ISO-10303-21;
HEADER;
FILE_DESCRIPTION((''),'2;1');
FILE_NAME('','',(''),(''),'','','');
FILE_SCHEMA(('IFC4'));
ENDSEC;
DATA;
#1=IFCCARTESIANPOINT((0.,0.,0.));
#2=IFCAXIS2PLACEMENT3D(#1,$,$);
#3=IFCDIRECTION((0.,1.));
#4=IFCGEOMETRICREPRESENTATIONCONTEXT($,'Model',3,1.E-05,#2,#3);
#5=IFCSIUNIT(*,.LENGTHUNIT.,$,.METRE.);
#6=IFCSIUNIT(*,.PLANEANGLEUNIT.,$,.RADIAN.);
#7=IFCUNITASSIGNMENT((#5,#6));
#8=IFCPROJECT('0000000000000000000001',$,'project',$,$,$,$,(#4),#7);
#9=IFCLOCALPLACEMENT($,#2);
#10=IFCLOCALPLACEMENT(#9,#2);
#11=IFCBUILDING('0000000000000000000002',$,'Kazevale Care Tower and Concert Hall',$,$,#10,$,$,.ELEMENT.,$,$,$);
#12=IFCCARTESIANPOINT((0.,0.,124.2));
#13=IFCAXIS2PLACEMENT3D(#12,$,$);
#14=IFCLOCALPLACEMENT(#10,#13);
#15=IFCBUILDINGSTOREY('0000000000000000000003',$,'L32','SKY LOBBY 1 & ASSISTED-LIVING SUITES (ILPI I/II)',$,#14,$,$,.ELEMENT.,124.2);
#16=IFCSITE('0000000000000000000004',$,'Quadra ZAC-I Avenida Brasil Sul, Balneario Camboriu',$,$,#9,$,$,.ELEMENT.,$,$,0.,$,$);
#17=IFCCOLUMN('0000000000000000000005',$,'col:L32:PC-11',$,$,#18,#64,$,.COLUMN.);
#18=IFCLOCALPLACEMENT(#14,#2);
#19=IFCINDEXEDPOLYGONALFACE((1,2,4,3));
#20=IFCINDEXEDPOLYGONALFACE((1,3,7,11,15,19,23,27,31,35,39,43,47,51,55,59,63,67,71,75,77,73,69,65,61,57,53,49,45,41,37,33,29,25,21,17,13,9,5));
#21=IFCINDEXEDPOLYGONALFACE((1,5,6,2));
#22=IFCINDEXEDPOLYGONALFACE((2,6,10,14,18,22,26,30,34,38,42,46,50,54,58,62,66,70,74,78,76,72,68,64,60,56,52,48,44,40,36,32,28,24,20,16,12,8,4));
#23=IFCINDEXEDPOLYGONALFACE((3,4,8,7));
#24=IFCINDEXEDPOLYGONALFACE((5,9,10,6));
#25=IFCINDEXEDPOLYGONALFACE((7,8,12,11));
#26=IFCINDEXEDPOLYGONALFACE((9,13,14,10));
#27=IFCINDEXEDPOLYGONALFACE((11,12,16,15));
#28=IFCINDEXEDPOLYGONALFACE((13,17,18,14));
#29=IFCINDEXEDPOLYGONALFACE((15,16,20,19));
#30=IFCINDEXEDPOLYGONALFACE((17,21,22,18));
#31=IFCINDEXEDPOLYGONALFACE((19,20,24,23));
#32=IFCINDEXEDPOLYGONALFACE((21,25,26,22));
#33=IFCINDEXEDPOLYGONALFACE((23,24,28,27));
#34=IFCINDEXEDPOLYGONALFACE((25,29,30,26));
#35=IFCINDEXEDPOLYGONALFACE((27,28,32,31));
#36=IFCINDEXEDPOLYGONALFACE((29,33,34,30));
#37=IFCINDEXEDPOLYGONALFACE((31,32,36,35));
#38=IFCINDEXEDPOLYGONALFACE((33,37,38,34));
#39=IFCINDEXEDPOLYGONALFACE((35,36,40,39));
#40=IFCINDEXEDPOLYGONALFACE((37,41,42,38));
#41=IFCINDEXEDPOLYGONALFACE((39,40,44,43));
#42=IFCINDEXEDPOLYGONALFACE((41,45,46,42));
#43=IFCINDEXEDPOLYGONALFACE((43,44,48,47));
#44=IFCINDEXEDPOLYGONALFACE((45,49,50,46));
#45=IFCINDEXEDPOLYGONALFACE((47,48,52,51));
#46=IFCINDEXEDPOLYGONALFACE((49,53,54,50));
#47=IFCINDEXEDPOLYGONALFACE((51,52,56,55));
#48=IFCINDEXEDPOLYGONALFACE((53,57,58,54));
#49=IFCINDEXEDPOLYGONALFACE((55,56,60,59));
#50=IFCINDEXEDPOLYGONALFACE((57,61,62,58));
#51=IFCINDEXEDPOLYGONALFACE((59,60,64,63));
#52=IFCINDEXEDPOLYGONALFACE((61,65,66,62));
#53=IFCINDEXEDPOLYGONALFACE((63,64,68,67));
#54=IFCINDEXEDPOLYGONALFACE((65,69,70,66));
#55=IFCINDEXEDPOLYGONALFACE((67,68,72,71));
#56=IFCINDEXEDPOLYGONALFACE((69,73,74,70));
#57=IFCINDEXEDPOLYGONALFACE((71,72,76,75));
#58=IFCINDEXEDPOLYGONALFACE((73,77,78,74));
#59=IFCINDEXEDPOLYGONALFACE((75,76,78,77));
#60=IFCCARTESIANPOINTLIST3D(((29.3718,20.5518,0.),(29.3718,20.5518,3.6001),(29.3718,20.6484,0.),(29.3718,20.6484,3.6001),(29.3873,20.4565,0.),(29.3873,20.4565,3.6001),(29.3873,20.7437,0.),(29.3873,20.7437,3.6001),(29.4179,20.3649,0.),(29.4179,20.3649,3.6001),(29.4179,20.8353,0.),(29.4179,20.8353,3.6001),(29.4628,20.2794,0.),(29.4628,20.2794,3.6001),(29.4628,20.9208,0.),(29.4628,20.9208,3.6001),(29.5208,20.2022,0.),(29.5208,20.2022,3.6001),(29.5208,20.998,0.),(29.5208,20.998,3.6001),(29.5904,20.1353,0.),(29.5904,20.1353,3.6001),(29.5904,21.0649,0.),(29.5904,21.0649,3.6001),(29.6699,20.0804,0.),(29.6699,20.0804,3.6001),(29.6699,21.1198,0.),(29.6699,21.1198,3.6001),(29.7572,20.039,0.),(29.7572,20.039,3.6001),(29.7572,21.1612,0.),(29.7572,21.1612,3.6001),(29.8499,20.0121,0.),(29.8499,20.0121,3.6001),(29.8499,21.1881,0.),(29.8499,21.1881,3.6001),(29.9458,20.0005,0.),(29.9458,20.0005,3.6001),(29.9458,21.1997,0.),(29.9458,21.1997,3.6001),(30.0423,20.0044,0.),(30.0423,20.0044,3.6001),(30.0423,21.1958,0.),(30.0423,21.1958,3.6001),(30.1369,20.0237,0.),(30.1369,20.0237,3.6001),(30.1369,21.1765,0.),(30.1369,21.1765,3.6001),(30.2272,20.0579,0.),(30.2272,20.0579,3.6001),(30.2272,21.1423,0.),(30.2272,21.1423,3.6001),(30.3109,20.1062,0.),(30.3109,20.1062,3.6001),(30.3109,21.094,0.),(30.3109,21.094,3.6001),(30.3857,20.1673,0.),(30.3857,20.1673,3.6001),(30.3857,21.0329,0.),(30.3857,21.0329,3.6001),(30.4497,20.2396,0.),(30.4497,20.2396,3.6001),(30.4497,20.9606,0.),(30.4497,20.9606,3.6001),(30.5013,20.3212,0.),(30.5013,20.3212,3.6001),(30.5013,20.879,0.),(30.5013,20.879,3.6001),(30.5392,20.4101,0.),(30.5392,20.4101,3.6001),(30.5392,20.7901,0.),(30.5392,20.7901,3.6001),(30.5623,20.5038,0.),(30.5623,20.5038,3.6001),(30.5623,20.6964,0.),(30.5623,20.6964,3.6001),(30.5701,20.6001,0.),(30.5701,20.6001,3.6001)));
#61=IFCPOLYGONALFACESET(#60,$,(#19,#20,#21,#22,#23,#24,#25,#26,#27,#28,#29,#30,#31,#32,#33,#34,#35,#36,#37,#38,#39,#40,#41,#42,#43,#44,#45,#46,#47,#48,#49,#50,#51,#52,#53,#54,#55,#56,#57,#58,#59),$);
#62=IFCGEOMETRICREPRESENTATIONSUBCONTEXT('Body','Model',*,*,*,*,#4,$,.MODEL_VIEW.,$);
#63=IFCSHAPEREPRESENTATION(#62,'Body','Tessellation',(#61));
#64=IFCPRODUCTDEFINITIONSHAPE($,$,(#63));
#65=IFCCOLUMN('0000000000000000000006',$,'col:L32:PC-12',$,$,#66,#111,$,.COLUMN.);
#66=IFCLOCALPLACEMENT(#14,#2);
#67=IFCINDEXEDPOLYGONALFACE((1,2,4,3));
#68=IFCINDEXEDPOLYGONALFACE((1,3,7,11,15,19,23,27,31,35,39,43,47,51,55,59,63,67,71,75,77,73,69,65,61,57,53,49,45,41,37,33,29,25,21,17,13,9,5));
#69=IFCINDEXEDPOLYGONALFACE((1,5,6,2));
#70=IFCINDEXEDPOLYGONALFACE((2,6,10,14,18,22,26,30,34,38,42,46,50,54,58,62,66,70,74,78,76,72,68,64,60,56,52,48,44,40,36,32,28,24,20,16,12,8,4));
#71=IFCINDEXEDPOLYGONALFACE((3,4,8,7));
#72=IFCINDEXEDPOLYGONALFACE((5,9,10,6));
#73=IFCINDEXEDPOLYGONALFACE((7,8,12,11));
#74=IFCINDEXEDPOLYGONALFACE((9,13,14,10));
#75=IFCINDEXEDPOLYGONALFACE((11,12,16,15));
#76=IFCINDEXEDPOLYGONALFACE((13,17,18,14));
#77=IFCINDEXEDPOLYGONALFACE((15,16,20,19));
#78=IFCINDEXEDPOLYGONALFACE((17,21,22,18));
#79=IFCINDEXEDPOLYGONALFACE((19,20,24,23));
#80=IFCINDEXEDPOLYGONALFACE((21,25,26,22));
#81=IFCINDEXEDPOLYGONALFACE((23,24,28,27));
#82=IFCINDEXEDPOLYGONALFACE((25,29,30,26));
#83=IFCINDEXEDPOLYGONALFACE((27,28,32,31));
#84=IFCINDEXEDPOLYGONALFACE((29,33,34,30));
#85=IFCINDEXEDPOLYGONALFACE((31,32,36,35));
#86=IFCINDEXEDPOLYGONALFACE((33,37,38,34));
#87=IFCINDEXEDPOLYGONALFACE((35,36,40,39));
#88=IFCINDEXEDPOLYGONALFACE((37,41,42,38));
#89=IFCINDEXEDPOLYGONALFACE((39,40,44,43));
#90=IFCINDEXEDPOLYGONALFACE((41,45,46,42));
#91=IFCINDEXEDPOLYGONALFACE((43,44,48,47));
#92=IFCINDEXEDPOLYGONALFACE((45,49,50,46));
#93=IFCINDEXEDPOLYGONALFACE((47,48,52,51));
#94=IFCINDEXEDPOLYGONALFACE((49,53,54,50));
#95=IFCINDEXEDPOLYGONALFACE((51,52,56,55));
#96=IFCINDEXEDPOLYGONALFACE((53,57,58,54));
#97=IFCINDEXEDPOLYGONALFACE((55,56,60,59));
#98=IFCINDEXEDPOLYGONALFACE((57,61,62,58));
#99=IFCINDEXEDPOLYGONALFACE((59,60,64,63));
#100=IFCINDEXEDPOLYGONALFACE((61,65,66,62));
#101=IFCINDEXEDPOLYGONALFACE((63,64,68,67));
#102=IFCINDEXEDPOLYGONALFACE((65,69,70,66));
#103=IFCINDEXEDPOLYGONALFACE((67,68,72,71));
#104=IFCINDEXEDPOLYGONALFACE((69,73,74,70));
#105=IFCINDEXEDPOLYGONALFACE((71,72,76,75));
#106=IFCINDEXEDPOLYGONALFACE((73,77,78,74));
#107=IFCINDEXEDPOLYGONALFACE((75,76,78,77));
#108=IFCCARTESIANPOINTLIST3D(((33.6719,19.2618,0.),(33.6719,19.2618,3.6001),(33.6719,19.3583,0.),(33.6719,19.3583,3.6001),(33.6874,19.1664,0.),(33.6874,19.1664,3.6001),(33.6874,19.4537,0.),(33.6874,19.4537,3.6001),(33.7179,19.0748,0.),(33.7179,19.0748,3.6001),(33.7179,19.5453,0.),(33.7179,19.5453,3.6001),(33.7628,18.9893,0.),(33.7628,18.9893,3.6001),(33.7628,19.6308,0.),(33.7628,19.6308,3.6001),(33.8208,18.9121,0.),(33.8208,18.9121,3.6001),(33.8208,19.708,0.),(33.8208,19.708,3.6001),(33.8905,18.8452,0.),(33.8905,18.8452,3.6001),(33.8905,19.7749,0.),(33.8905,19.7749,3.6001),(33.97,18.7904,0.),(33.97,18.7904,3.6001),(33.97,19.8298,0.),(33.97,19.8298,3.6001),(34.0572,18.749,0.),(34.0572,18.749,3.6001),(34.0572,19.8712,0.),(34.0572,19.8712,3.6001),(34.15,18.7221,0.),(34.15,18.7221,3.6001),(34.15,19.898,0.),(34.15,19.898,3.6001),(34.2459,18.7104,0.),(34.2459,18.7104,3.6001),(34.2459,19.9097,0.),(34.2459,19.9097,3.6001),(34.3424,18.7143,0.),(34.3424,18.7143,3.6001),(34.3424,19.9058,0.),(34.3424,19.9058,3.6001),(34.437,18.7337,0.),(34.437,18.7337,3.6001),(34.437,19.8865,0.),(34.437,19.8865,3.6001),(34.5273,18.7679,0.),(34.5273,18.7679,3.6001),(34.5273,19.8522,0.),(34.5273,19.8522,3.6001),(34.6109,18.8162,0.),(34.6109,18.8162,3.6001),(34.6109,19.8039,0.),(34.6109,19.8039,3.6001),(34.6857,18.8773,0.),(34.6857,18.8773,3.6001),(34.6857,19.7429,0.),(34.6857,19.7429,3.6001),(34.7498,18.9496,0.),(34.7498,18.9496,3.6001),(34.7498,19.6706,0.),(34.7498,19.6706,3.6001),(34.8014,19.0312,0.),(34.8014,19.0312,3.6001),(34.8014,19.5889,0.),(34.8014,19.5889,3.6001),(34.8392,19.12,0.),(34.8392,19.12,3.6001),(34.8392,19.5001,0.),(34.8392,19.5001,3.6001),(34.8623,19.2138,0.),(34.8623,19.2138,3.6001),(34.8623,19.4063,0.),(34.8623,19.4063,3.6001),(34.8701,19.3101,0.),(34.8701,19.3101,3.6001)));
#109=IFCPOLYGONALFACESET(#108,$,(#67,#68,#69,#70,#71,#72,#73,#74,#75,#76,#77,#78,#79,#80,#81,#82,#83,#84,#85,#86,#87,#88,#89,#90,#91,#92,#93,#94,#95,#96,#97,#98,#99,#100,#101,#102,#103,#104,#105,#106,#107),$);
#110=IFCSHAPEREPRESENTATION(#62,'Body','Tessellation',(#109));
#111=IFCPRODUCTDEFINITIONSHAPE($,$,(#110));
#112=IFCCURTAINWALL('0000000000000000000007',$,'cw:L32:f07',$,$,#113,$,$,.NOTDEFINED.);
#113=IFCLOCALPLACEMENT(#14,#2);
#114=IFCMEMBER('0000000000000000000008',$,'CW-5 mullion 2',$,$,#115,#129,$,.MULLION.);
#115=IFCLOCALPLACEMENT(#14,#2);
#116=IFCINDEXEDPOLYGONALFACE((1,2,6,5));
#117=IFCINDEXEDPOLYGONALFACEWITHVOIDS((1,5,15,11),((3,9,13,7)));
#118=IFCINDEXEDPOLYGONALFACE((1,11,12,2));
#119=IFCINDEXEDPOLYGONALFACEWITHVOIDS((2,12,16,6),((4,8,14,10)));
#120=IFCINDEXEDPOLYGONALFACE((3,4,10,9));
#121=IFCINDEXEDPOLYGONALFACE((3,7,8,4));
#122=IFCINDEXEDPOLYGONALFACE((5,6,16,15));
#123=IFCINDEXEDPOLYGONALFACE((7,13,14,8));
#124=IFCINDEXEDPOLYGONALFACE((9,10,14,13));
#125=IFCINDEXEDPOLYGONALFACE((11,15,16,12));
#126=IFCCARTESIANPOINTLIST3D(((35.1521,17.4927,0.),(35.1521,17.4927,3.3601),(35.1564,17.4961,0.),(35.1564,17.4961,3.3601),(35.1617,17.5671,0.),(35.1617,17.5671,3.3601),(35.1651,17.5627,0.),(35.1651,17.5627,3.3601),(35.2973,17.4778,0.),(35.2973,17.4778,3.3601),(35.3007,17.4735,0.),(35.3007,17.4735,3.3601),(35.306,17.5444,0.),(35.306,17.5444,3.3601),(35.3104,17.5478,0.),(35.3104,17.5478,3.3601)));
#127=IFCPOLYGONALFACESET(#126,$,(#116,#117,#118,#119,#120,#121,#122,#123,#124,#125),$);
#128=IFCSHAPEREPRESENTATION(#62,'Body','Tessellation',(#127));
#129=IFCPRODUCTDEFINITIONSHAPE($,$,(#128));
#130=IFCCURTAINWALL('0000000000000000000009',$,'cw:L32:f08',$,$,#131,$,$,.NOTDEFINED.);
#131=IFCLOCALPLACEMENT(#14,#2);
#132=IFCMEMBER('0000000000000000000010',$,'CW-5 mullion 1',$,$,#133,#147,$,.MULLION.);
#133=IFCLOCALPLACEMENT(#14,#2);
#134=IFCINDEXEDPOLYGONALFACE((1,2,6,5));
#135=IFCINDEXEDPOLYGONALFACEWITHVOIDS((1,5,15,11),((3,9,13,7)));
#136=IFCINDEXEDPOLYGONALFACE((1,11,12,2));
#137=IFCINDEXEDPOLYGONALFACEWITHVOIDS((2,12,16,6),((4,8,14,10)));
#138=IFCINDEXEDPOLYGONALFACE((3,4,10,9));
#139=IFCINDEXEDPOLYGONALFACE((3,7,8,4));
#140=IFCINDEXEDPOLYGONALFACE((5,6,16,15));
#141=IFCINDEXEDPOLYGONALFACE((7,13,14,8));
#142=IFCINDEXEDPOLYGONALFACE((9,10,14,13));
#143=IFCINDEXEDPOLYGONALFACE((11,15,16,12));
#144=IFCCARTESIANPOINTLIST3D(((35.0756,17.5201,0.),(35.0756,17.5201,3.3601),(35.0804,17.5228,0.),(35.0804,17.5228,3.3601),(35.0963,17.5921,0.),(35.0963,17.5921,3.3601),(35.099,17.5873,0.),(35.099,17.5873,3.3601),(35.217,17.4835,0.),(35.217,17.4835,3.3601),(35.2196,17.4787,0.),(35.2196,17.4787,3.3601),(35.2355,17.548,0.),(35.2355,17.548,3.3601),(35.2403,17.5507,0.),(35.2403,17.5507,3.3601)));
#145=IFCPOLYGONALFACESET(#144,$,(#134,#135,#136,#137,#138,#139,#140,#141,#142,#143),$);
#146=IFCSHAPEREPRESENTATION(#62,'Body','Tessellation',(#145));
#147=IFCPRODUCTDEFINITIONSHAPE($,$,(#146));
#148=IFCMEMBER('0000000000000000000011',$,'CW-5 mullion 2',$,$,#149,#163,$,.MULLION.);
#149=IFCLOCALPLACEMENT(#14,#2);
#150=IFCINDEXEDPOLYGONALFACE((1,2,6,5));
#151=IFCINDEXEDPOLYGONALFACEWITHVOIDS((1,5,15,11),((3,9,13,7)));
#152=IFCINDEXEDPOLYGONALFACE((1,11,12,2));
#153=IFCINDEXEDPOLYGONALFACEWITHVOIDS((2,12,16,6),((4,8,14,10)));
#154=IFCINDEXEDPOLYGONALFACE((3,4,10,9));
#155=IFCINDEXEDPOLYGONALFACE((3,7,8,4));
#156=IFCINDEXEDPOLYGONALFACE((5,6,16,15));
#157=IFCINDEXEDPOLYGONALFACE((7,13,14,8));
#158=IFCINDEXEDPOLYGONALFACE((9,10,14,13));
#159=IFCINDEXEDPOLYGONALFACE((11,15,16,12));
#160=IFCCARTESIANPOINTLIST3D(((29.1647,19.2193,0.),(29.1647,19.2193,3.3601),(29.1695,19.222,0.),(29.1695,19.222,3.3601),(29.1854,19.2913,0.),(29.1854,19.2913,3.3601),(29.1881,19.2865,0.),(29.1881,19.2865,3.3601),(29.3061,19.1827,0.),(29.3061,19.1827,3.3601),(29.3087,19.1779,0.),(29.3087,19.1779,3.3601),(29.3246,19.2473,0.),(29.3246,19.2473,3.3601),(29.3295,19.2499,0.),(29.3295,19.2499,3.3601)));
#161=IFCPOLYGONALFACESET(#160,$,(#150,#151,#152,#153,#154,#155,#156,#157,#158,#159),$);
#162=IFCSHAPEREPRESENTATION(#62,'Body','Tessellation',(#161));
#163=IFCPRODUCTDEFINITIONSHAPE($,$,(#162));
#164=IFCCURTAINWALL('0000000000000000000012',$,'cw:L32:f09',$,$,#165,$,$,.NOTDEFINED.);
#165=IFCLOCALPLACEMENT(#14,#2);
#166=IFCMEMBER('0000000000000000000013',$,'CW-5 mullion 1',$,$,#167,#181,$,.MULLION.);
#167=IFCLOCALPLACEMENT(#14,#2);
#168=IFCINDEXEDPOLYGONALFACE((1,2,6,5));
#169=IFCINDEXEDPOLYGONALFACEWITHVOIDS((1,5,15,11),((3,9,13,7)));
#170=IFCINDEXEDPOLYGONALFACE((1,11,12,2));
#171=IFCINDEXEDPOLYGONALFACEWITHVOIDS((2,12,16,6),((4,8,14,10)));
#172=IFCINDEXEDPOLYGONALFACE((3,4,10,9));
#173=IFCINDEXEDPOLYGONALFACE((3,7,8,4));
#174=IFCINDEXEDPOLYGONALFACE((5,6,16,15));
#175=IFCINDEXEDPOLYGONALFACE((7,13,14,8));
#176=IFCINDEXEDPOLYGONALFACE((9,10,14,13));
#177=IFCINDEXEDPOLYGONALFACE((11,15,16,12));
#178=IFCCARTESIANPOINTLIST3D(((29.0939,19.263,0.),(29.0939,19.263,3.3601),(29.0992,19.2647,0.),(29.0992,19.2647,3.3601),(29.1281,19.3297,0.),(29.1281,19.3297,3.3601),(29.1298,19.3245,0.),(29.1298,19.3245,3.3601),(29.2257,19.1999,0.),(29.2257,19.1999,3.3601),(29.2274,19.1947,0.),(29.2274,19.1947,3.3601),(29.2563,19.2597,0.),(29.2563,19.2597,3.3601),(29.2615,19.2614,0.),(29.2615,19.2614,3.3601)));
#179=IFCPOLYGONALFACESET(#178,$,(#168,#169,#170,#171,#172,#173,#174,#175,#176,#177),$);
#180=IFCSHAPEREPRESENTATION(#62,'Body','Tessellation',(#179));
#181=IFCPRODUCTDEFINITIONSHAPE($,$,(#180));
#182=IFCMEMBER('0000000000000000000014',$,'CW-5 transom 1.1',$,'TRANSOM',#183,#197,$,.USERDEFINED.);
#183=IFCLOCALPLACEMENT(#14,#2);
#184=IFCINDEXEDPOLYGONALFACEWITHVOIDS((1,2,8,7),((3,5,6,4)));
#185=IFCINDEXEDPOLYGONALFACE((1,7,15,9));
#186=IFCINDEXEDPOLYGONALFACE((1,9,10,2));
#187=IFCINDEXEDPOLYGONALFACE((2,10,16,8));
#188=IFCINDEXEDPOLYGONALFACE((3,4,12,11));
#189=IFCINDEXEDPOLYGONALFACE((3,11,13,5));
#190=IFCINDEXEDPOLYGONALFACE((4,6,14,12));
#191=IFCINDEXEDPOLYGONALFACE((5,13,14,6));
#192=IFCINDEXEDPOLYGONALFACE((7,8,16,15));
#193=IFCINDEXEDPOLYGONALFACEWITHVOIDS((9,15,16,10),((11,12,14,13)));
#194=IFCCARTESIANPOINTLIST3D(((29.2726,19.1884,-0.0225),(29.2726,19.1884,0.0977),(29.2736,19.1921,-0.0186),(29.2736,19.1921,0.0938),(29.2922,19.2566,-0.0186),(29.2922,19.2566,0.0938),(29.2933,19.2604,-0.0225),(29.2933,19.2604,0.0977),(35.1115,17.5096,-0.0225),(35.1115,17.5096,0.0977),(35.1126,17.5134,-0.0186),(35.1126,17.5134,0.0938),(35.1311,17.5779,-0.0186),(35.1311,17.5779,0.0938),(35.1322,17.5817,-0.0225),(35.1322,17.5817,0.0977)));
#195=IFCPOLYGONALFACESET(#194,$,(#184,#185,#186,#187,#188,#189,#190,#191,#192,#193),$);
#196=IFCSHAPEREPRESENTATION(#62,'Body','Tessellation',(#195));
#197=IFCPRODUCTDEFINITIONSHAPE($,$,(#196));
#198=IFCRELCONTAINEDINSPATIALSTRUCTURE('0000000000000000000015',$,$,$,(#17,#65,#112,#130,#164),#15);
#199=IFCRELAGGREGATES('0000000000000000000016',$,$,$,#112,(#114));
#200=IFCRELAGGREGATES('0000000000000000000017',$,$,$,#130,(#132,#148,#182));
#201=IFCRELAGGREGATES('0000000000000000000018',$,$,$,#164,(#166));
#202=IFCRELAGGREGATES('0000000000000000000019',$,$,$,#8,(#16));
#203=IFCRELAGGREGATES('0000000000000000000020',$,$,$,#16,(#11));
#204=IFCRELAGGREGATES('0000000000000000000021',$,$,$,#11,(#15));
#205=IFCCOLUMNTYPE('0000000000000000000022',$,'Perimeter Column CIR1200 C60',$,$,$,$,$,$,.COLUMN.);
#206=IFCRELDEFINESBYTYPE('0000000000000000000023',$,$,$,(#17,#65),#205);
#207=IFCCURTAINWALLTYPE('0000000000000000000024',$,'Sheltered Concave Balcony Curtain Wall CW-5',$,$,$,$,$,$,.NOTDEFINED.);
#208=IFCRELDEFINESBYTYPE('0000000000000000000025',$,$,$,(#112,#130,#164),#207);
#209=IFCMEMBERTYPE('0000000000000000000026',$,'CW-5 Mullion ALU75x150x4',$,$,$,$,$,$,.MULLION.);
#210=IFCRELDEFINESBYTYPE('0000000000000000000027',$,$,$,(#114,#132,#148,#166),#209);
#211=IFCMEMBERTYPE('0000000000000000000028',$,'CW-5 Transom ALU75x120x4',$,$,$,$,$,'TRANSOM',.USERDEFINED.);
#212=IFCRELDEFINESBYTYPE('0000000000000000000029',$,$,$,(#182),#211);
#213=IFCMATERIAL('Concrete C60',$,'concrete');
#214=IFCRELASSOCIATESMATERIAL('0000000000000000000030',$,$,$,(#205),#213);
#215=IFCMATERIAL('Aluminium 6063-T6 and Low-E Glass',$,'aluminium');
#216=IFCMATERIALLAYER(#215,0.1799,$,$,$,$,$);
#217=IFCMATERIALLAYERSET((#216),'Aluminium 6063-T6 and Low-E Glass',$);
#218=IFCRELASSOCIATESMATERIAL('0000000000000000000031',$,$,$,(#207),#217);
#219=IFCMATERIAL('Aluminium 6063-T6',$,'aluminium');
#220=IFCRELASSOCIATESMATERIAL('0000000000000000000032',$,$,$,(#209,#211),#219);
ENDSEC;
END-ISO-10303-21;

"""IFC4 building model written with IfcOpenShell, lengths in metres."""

from ifc_helpers import new_model, si_unit, direction, frame, origin, origin_2d, place, context, subcontext, project, spatial, hollow_rectangle, circle, extrude, material, layer, layer_set, material_profile, profile_set, type_object, element, aggregate, save


model = new_model("IFC4")

# Units and contexts
model_context = context("Model", 3, precision=1e-05, world=origin(), true_north=direction((0.0, 1.0)))
body_context = subcontext(model_context, "Body", "Model", "MODEL_VIEW")
ifc_project = project(units=[si_unit("LENGTHUNIT", "METRE"), si_unit("PLANEANGLEUNIT", "RADIAN")], contexts=[model_context])

# Site, building, storey
site_placement = place(None, origin())
site = spatial("IfcSite", under=ifc_project, at=site_placement, Name="Quadra ZAC-I Avenida Brasil Sul, Balneario Camboriu", CompositionType="ELEMENT", RefElevation=0.0)
building_placement = place(site_placement, origin())
building = spatial("IfcBuilding", under=site, at=building_placement, Name="Kazevale Care Tower and Concert Hall", CompositionType="ELEMENT")
storey_placement = place(building_placement, frame((0.0, 0.0, 124.2)))
storey = spatial("IfcBuildingStorey", under=building, at=storey_placement, Name="L32", Description="SKY LOBBY 1 & ASSISTED-LIVING SUITES (ILPI I/II)", CompositionType="ELEMENT", Elevation=124.2)

# Columns
ifc_material_1 = material(Name="Concrete C60", Category="concrete")
ifc_material_profile_1 = material_profile(ifc_material_1, circle(Radius=0.6001, at=origin_2d()), Name="RC-CIR1200")
ifc_profile_set_1 = profile_set([ifc_material_profile_1], Name="Concrete C60")
column_type = type_object("IfcColumnType", Name="Perimeter Column CIR1200 C60", PredefinedType="COLUMN", material=ifc_profile_set_1)
for number, where, z_axis, x_axis, name in (
    (1, (29.97, 20.6001, 0.0), (0.0, 0.0, 1.0), (1.0, 0.0, 0.0), "col:L32:PC-11"),
    (2, (34.27, 19.3101, 0.0), (0.0, 0.0, 1.0), (1.0, 0.0, 0.0), "col:L32:PC-12"),
):
    element("IfcColumn", number, at=place(storey_placement, frame(where, z_axis=z_axis, x_axis=x_axis)), inside=storey, type_object=column_type, Name=name, PredefinedType="COLUMN", context=body_context, shape_type="SweptSolid", body=[
        extrude(circle(Radius=0.6001, at=origin_2d()), origin(), (0.0, 0.0, 1.0), 3.6001),
    ])

# Curtain wall, member
ifc_material_2 = material(Name="Aluminium 6063-T6 and Low-E Glass", Category="aluminium")
ifc_layer_1 = layer(ifc_material_2, 0.1799)
ifc_layer_set_1 = layer_set([ifc_layer_1], Name="Aluminium 6063-T6 and Low-E Glass")
curtain_wall_type = type_object("IfcCurtainWallType", Name="Sheltered Concave Balcony Curtain Wall CW-5", PredefinedType="NOTDEFINED", material=ifc_layer_set_1)
curtain_wall_1_placement = place(storey_placement, origin())
curtain_wall_1 = element("IfcCurtainWall", 3, at=curtain_wall_1_placement, inside=storey, type_object=curtain_wall_type, Name="cw:L32:f07", PredefinedType="NOTDEFINED")
ifc_material_3 = material(Name="Aluminium 6063-T6", Category="aluminium")
ifc_material_profile_2 = material_profile(ifc_material_3, hollow_rectangle(XDim=0.075, YDim=0.1499, WallThickness=0.0039, at=origin_2d()), Name="ALU75x150x4")
ifc_profile_set_2 = profile_set([ifc_material_profile_2], Name="Aluminium 6063-T6")
member_type_1 = type_object("IfcMemberType", Name="CW-5 Mullion ALU75x150x4", PredefinedType="MULLION", material=ifc_profile_set_2)
member_1_placement = place(storey_placement, frame((35.2312, 17.5203, 0.0), z_axis=(0.0, 0.0, 1.0), x_axis=(-0.128685, -0.991686, 0.0)))
member_1 = element("IfcMember", 4, at=member_1_placement, type_object=member_type_1, Name="CW-5 mullion 2", PredefinedType="MULLION", context=body_context, shape_type="SweptSolid", body=[
    extrude(hollow_rectangle(XDim=0.075, YDim=0.1499, WallThickness=0.0039, at=origin_2d()), origin(), (0.0, 0.0, 1.0), 3.3601),
])
aggregate(curtain_wall_1, [member_1])

# Curtain wall, members
curtain_wall_2_placement = place(storey_placement, origin())
curtain_wall_2 = element("IfcCurtainWall", 5, at=curtain_wall_2_placement, inside=storey, type_object=curtain_wall_type, Name="cw:L32:f08", PredefinedType="NOTDEFINED")
member_2_placement = place(storey_placement, frame((35.158, 17.5354, 0.0), z_axis=(0.0, 0.0, 1.0), x_axis=(-0.276291, -0.961074, 0.0)))
member_2 = element("IfcMember", 6, at=member_2_placement, type_object=member_type_1, Name="CW-5 mullion 1", PredefinedType="MULLION", context=body_context, shape_type="SweptSolid", body=[
    extrude(hollow_rectangle(XDim=0.075, YDim=0.1499, WallThickness=0.0039, at=origin_2d()), origin(), (0.0, 0.0, 1.0), 3.3601),
])
member_3_placement = place(storey_placement, frame((29.2471, 19.2346, 0.0), z_axis=(0.0, 0.0, 1.0), x_axis=(-0.276291, -0.961074, 0.0)))
member_3 = element("IfcMember", 7, at=member_3_placement, type_object=member_type_1, Name="CW-5 mullion 2", PredefinedType="MULLION", context=body_context, shape_type="SweptSolid", body=[
    extrude(hollow_rectangle(XDim=0.075, YDim=0.1499, WallThickness=0.0039, at=origin_2d()), origin(), (0.0, 0.0, 1.0), 3.3601),
])

# Curtain wall, member
curtain_wall_3_placement = place(storey_placement, origin())
curtain_wall_3 = element("IfcCurtainWall", 8, at=curtain_wall_3_placement, inside=storey, type_object=curtain_wall_type, Name="cw:L32:f09", PredefinedType="NOTDEFINED")
member_4_placement = place(storey_placement, frame((29.1777, 19.2622, 0.0), z_axis=(0.0, 0.0, 1.0), x_axis=(-0.455713, -0.890127, 0.0)))
member_4 = element("IfcMember", 9, at=member_4_placement, type_object=member_type_1, Name="CW-5 mullion 1", PredefinedType="MULLION", context=body_context, shape_type="SweptSolid", body=[
    extrude(hollow_rectangle(XDim=0.075, YDim=0.1499, WallThickness=0.0039, at=origin_2d()), origin(), (0.0, 0.0, 1.0), 3.3601),
])

# Member
ifc_material_profile_3 = material_profile(ifc_material_3, hollow_rectangle(XDim=0.075, YDim=0.1201, WallThickness=0.0039, at=origin_2d()), Name="ALU75x120x4")
ifc_profile_set_3 = profile_set([ifc_material_profile_3], Name="Aluminium 6063-T6")
member_type_2 = type_object("IfcMemberType", Name="CW-5 Transom ALU75x120x4", ElementType="TRANSOM", PredefinedType="USERDEFINED", material=ifc_profile_set_3)
member_5_placement = place(storey_placement, frame((35.1218, 17.5457, 0.0376), z_axis=(-0.961068, 0.276313, 0.0), x_axis=(-0.276313, -0.961068, 0.0)))
member_5 = element("IfcMember", 10, at=member_5_placement, type_object=member_type_2, Name="CW-5 transom 1.1", ObjectType="TRANSOM", PredefinedType="USERDEFINED", context=body_context, shape_type="SweptSolid", body=[
    extrude(hollow_rectangle(XDim=0.075, YDim=0.1201, WallThickness=0.0039, at=origin_2d()), origin(), (0.0, 0.0, 1.0), 6.0754),
])

aggregate(curtain_wall_2, [member_2, member_3, member_5])
aggregate(curtain_wall_3, [member_4])

save(model, "model.ifc")
